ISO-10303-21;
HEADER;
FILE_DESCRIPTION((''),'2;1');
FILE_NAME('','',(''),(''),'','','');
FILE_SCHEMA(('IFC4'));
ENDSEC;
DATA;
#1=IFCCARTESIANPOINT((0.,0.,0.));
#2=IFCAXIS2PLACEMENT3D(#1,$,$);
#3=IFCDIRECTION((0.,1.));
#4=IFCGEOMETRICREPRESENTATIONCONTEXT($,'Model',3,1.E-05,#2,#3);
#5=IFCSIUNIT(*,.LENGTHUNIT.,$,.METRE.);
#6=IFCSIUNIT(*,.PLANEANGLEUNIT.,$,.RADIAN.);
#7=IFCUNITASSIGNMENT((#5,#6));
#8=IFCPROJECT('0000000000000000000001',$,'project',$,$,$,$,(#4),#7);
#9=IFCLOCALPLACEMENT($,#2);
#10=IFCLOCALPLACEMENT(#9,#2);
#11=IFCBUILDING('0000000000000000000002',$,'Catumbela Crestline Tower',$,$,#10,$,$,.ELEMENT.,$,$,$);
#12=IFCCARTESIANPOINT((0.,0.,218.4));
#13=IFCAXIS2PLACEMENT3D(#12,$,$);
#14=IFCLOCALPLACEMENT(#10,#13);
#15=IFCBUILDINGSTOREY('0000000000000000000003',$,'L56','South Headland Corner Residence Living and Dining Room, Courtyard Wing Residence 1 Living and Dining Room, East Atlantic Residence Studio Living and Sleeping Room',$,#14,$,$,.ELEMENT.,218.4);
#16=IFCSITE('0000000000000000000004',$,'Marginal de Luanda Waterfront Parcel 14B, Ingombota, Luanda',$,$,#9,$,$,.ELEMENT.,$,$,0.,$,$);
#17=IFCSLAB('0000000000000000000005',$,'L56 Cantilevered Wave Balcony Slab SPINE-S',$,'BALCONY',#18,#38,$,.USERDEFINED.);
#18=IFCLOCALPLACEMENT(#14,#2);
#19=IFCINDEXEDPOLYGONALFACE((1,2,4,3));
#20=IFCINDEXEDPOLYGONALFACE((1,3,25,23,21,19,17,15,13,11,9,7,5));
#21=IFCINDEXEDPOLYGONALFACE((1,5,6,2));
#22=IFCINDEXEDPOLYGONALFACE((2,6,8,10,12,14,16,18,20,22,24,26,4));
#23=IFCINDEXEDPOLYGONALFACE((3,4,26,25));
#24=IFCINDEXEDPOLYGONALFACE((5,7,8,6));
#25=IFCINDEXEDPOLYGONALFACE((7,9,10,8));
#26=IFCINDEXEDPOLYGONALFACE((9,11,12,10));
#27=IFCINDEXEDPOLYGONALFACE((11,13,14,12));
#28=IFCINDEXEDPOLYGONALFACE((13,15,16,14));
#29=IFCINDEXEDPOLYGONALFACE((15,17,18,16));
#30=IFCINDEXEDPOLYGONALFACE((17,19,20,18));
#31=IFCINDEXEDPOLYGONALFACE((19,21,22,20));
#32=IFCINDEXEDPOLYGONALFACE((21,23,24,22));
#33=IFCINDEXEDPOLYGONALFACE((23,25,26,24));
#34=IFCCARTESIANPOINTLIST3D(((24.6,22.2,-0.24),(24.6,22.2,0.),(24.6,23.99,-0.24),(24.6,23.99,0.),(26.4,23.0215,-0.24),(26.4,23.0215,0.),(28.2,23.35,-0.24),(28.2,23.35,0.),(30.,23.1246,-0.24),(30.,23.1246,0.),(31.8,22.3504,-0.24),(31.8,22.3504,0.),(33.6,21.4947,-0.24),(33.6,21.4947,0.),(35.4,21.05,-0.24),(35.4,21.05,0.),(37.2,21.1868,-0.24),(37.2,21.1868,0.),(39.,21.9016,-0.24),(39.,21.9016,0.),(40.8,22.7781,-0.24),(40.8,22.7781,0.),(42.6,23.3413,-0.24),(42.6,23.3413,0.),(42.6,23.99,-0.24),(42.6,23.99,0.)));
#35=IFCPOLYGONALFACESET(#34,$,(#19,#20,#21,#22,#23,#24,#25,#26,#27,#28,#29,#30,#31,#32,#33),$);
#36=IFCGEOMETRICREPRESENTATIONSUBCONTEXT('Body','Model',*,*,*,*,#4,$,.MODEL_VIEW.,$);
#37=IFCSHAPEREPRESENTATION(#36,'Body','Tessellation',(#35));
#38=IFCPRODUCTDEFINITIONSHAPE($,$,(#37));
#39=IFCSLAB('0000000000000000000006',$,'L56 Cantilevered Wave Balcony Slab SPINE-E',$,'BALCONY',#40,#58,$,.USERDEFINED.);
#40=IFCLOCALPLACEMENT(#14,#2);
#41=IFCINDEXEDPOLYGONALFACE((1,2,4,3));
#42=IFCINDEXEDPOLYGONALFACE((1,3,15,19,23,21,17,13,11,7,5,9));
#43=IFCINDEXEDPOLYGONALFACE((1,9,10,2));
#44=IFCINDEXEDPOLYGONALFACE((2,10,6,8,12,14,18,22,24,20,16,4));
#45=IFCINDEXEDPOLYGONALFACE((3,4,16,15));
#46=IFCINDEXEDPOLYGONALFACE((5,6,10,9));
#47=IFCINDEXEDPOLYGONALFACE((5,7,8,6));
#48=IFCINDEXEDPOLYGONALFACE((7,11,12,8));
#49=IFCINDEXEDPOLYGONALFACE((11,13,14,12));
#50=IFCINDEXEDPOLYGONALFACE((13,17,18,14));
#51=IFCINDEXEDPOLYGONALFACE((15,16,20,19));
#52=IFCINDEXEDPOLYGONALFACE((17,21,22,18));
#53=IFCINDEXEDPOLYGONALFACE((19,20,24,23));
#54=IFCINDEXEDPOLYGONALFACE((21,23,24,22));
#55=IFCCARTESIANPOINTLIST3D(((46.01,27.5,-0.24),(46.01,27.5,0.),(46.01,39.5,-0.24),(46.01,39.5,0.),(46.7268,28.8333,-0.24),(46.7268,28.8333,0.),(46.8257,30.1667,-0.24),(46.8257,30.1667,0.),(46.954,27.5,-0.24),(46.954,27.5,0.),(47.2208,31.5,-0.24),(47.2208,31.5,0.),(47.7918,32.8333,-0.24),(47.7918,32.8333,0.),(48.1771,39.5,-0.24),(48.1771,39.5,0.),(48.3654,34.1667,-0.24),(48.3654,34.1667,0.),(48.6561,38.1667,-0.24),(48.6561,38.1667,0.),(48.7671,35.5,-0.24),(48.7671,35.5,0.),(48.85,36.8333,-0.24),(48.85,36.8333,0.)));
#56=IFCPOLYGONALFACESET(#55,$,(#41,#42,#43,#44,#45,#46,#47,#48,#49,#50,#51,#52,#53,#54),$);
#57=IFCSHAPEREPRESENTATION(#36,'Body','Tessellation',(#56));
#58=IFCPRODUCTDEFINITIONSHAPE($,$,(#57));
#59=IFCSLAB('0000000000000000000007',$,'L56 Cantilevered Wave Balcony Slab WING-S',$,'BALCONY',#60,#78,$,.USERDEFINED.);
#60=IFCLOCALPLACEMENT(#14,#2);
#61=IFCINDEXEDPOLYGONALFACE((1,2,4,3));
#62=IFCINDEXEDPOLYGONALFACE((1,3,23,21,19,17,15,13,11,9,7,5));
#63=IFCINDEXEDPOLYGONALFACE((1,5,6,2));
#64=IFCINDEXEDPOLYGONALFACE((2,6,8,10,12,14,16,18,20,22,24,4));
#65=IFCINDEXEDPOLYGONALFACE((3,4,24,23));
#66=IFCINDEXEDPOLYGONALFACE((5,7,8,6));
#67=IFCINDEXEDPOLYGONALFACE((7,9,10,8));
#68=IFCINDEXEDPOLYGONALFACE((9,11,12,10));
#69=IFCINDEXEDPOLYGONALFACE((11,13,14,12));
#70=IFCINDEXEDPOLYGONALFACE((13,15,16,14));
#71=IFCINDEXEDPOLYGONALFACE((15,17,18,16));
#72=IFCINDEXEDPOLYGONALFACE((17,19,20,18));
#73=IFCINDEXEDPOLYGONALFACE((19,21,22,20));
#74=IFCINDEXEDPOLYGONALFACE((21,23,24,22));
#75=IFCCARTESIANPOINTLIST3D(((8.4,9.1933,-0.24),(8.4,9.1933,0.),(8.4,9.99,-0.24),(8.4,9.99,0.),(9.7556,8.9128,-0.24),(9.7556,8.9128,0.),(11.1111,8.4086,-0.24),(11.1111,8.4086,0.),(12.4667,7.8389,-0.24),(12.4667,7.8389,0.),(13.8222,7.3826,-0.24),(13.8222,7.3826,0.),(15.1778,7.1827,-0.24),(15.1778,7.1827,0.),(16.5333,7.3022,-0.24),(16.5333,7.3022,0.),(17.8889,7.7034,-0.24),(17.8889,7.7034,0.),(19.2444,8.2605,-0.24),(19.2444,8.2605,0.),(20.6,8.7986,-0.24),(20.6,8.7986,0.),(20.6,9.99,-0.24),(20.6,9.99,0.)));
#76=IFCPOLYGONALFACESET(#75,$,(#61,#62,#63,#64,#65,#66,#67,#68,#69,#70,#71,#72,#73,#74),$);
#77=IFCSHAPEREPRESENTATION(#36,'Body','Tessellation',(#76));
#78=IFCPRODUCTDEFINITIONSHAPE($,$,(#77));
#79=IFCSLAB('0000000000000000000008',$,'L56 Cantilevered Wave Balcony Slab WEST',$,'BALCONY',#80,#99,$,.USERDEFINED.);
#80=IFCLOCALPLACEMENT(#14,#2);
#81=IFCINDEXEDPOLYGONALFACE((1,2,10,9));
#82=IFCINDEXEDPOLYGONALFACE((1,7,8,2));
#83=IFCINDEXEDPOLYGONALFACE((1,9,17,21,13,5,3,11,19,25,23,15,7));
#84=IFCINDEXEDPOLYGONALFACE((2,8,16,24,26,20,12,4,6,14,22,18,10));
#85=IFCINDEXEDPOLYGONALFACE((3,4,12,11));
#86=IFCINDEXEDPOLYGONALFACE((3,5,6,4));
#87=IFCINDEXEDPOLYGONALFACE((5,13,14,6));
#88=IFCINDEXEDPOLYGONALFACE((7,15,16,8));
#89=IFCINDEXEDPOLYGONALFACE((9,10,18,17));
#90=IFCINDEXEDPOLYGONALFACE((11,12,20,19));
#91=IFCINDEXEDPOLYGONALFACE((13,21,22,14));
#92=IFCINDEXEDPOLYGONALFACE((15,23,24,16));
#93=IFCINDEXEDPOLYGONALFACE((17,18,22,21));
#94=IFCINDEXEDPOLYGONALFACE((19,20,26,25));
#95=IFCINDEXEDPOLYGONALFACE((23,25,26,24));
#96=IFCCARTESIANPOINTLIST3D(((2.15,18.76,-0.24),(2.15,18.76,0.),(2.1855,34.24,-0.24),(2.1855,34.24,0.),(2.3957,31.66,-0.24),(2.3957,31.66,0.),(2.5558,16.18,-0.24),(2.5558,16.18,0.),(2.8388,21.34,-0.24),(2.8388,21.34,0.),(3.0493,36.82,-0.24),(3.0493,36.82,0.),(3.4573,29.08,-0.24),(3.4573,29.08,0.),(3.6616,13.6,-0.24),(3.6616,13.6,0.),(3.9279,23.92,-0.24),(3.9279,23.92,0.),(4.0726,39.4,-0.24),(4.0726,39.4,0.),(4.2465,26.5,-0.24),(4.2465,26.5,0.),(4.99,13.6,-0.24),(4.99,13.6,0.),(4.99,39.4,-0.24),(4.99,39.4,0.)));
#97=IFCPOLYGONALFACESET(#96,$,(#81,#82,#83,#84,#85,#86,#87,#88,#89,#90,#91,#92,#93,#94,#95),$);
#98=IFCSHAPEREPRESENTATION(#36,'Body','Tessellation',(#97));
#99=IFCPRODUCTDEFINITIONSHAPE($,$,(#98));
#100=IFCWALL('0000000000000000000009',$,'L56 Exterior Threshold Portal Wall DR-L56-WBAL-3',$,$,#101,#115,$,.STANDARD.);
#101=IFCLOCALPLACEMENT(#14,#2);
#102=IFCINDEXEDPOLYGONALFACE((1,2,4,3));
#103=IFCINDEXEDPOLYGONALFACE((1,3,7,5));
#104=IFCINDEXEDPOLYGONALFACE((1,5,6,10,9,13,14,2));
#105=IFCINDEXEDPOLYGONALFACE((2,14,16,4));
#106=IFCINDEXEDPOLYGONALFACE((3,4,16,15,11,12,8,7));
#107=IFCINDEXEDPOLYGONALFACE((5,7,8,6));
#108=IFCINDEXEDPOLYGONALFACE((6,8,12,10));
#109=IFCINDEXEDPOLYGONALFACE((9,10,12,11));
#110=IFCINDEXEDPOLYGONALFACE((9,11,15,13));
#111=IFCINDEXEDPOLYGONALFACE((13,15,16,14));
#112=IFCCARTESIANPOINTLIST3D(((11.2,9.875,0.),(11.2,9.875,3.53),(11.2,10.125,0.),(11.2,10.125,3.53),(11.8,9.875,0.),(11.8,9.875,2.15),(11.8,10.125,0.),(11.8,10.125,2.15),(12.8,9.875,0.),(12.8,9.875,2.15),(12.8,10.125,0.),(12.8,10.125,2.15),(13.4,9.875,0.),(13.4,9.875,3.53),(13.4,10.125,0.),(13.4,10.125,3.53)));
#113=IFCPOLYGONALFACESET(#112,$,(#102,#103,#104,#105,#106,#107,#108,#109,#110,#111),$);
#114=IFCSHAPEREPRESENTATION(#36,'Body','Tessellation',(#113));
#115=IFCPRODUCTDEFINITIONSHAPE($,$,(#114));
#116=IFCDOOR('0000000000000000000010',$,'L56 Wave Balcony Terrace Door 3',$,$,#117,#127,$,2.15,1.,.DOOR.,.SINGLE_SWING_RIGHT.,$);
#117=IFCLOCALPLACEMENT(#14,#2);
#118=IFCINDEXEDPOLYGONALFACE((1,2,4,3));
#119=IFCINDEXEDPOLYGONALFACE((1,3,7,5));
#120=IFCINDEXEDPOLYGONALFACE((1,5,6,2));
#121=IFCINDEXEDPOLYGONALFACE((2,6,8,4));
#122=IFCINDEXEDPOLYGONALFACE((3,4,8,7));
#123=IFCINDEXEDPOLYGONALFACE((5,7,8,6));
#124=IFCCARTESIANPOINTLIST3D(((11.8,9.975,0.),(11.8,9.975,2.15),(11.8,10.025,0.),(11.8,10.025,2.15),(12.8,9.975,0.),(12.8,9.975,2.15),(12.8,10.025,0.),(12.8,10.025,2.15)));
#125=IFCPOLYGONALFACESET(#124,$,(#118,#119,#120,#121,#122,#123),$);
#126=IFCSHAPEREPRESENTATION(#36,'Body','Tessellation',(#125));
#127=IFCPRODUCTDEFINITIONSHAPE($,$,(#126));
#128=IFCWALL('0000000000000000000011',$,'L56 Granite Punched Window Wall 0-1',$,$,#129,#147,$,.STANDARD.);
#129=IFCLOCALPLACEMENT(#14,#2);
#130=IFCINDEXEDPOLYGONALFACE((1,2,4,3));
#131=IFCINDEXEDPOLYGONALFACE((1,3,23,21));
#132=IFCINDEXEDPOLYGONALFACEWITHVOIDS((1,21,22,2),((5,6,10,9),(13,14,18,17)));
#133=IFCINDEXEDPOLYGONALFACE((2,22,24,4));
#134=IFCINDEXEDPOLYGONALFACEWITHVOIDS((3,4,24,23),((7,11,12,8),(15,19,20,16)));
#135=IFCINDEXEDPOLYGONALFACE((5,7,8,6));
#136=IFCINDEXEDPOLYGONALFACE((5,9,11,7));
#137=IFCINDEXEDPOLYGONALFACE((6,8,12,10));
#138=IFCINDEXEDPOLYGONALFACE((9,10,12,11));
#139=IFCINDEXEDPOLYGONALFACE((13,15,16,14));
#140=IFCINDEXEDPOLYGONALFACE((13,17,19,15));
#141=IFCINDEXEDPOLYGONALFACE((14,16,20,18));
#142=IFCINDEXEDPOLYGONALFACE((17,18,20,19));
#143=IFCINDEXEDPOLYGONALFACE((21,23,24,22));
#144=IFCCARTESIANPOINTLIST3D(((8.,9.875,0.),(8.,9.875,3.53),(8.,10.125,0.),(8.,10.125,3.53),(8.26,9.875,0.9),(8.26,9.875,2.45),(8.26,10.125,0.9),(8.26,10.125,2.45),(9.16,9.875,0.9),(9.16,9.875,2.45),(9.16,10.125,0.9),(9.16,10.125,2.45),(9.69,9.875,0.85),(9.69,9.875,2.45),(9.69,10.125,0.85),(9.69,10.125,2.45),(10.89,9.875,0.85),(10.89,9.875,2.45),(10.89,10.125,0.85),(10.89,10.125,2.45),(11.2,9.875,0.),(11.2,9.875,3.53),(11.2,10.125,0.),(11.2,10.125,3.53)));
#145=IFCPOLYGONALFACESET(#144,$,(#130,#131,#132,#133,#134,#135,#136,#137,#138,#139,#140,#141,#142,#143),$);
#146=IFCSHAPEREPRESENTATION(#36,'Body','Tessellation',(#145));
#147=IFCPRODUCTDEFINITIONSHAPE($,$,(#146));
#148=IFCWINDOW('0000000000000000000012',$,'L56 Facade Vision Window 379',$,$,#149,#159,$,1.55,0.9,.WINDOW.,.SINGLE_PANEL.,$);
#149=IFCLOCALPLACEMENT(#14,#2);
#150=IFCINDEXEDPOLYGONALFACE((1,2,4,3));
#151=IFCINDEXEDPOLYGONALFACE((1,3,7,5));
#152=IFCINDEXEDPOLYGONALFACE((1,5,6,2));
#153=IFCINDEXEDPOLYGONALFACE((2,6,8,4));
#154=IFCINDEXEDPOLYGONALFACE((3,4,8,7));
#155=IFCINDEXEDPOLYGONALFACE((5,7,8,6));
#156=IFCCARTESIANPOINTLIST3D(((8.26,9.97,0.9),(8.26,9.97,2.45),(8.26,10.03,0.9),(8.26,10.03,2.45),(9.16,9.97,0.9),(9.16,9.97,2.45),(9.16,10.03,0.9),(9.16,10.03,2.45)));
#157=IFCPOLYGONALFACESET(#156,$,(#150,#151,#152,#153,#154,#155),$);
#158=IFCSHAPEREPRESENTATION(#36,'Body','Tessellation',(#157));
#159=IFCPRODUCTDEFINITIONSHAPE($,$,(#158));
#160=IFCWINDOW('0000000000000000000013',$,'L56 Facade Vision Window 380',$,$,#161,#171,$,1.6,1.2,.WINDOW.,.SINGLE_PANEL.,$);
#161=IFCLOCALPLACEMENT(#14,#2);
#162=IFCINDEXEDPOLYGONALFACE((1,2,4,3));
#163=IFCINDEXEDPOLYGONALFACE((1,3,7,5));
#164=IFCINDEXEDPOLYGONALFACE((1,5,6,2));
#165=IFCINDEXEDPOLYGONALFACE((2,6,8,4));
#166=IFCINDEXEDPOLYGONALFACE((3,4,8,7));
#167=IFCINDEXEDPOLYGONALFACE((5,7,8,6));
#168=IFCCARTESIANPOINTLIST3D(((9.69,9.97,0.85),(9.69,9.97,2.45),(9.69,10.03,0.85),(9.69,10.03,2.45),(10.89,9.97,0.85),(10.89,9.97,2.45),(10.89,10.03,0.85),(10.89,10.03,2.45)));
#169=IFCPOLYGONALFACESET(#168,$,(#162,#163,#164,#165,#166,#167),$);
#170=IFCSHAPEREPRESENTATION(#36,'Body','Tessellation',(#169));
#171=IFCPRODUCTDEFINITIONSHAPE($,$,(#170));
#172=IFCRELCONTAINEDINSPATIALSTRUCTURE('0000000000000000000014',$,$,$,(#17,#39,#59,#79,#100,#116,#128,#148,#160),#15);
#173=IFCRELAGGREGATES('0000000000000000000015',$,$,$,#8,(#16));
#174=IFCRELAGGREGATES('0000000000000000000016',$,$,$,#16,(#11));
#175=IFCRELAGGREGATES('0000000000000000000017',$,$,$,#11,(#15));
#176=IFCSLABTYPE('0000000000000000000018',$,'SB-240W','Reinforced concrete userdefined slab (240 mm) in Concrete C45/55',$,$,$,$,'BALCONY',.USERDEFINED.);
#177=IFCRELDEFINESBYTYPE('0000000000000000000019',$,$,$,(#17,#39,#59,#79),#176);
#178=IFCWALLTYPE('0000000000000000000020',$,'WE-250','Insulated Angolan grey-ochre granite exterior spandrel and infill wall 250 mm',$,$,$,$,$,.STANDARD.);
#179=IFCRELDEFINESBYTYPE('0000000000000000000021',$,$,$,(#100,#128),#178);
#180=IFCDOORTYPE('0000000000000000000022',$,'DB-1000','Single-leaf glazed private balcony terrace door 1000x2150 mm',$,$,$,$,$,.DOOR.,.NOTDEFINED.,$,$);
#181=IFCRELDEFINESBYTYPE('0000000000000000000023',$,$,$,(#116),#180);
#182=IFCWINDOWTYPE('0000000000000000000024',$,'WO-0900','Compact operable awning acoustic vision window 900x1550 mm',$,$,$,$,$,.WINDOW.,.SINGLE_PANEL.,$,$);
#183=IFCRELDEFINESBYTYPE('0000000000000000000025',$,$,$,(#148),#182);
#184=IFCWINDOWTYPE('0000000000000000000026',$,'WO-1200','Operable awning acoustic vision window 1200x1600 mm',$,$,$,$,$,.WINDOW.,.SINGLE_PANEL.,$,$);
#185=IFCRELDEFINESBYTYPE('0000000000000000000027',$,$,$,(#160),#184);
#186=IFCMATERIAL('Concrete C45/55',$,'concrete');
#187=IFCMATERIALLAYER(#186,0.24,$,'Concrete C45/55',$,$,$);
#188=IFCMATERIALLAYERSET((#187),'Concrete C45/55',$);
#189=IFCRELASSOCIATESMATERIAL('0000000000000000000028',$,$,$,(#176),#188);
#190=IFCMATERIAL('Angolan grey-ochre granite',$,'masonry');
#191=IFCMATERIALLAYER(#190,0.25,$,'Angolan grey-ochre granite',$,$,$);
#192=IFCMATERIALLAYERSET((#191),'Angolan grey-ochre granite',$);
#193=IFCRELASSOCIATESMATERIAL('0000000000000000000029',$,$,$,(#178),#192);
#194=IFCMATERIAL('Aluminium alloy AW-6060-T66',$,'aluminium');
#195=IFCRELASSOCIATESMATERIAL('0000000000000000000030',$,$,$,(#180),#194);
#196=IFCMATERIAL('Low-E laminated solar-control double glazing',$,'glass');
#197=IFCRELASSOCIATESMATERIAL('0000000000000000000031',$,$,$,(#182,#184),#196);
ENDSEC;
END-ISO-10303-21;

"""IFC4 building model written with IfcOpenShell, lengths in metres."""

from ifc_helpers import new_model, si_unit, direction, frame, frame_2d, origin, place, context, subcontext, project, spatial, polyline, rectangle, outline, extrude, material, layer, layer_set, type_object, element, fill, save


model = new_model("IFC4")

# Units and contexts
model_context = context("Model", 3, precision=1e-05, world=origin(), true_north=direction((0.0, 1.0)))
body_context = subcontext(model_context, "Body", "Model", "MODEL_VIEW")
ifc_project = project(units=[si_unit("LENGTHUNIT", "METRE"), si_unit("PLANEANGLEUNIT", "RADIAN")], contexts=[model_context])

# Site, building, storey
site_placement = place(None, origin())
site = spatial("IfcSite", under=ifc_project, at=site_placement, Name="Marginal de Luanda Waterfront Parcel 14B, Ingombota, Luanda", CompositionType="ELEMENT", RefElevation=0.0)
building_placement = place(site_placement, origin())
building = spatial("IfcBuilding", under=site, at=building_placement, Name="Catumbela Crestline Tower", CompositionType="ELEMENT")
storey_placement = place(building_placement, frame((0.0, 0.0, 218.4)))
storey = spatial("IfcBuildingStorey", under=building, at=storey_placement, Name="L56", Description="South Headland Corner Residence Living and Dining Room, Courtyard Wing Residence 1 Living and Dining Room, East Atlantic Residence Studio Living and Sleeping Room", CompositionType="ELEMENT", Elevation=218.4)

# Shared definitions
ifc_material_1 = material(Name="Aluminium alloy AW-6060-T66", Category="aluminium")
ifc_material_2 = material(Name="Low-E laminated solar-control double glazing", Category="glass")

# Shared definitions
ifc_material_3 = material(Name="Concrete C45/55", Category="concrete")

# Slabs
ifc_layer_1 = layer(ifc_material_3, 0.24, Name="Concrete C45/55")
ifc_layer_set_1 = layer_set([ifc_layer_1], Name="Concrete C45/55")
slab_type_1 = type_object("IfcSlabType", Name="SB-240W", Description="Reinforced concrete userdefined slab (240 mm) in Concrete C45/55", ElementType="BALCONY", PredefinedType="USERDEFINED", material=ifc_layer_set_1)
slab_1_placement = place(storey_placement, frame((0.0, 0.0, -0.24)))
element("IfcSlab", 1, at=slab_1_placement, inside=storey, type_object=slab_type_1, Name="L56 Cantilevered Wave Balcony Slab SPINE-S", ObjectType="BALCONY", PredefinedType="USERDEFINED", context=body_context, shape_type="SweptSolid", body=[
    extrude(outline(polyline([(24.6, 22.2), (26.4, 23.0215), (28.2, 23.35), (30.0, 23.1246), (31.8, 22.3504), (33.6, 21.4947), (35.4, 21.05), (37.2, 21.1868), (39.0, 21.9016), (40.8, 22.7781), (42.6, 23.3413), (42.6, 23.99), (24.6, 23.99), (24.6, 22.2)])), origin(), (0.0, 0.0, 1.0), 0.24),
])
slab_2_placement = place(storey_placement, frame((0.0, 0.0, -0.24)))
element("IfcSlab", 2, at=slab_2_placement, inside=storey, type_object=slab_type_1, Name="L56 Cantilevered Wave Balcony Slab SPINE-E", ObjectType="BALCONY", PredefinedType="USERDEFINED", context=body_context, shape_type="SweptSolid", body=[
    extrude(outline(polyline([(46.01, 27.5), (46.954, 27.5), (46.7268, 28.8333), (46.8257, 30.1667), (47.2208, 31.5), (47.7918, 32.8333), (48.3654, 34.1667), (48.7671, 35.5), (48.85, 36.8333), (48.6561, 38.1667), (48.1771, 39.5), (46.01, 39.5), (46.01, 27.5)])), origin(), (0.0, 0.0, 1.0), 0.24),
])
slab_3_placement = place(storey_placement, frame((0.0, 0.0, -0.24)))
element("IfcSlab", 3, at=slab_3_placement, inside=storey, type_object=slab_type_1, Name="L56 Cantilevered Wave Balcony Slab WING-S", ObjectType="BALCONY", PredefinedType="USERDEFINED", context=body_context, shape_type="SweptSolid", body=[
    extrude(outline(polyline([(8.4, 9.1933), (9.7556, 8.9128), (11.1111, 8.4086), (12.4667, 7.8389), (13.8222, 7.3826), (15.1778, 7.1827), (16.5333, 7.3022), (17.8889, 7.7034), (19.2444, 8.2605), (20.6, 8.7986), (20.6, 9.99), (8.4, 9.99), (8.4, 9.1933)])), origin(), (0.0, 0.0, 1.0), 0.24),
])
slab_4_placement = place(storey_placement, frame((0.0, 0.0, -0.24)))
element("IfcSlab", 4, at=slab_4_placement, inside=storey, type_object=slab_type_1, Name="L56 Cantilevered Wave Balcony Slab WEST", ObjectType="BALCONY", PredefinedType="USERDEFINED", context=body_context, shape_type="SweptSolid", body=[
    extrude(outline(polyline([(4.99, 39.4), (4.0726, 39.4), (3.0493, 36.82), (2.1855, 34.24), (2.3957, 31.66), (3.4573, 29.08), (4.2465, 26.5), (3.9279, 23.92), (2.8388, 21.34), (2.15, 18.76), (2.5558, 16.18), (3.6616, 13.6), (4.99, 13.6), (4.99, 39.4)])), origin(), (0.0, 0.0, 1.0), 0.24),
])

# Wall, opening, door
ifc_material_4 = material(Name="Angolan grey-ochre granite", Category="masonry")
ifc_layer_2 = layer(ifc_material_4, 0.25, Name="Angolan grey-ochre granite")
ifc_layer_set_2 = layer_set([ifc_layer_2], Name="Angolan grey-ochre granite")
wall_type = type_object("IfcWallType", Name="WE-250", Description="Insulated Angolan grey-ochre granite exterior spandrel and infill wall 250 mm", PredefinedType="STANDARD", material=ifc_layer_set_2)
wall_1_placement = place(storey_placement, frame((11.2, 10.0, 0.0), z_axis=(0.0, 0.0, 1.0), x_axis=(1.0, 0.0, 0.0)))
wall_1 = element("IfcWall", 5, at=wall_1_placement, inside=storey, type_object=wall_type, Name="L56 Exterior Threshold Portal Wall DR-L56-WBAL-3", PredefinedType="STANDARD", context=body_context, shape_type="SweptSolid", body=[
    extrude(rectangle(XDim=2.2, YDim=0.25, at=frame_2d((1.1, 0.0))), origin(), (0.0, 0.0, 1.0), 3.53),
])
opening_1_placement = place(wall_1_placement, frame((0.6, 0.0, 0.0)))
opening_1 = element("IfcOpeningElement", 6, at=opening_1_placement, cuts=wall_1, PredefinedType="OPENING", context=body_context, shape_type="SweptSolid", body=[
    extrude(rectangle(XDim=1.0, YDim=2.15, at=frame_2d((0.5, 1.075))), frame((0.0, 0.135, 0.0), z_axis=(0.0, -1.0, 0.0), x_axis=(1.0, 0.0, 0.0)), (0.0, 0.0, 1.0), 0.27),
])
door_type = type_object("IfcDoorType", Name="DB-1000", Description="Single-leaf glazed private balcony terrace door 1000x2150 mm", OperationType="NOTDEFINED", PredefinedType="DOOR", material=ifc_material_1)
door_placement = place(opening_1_placement, origin())
door = element("IfcDoor", 7, at=door_placement, inside=storey, type_object=door_type, Name="L56 Wave Balcony Terrace Door 3", OperationType="SINGLE_SWING_RIGHT", OverallHeight=2.15, OverallWidth=1.0, PredefinedType="DOOR", context=body_context, shape_type="SweptSolid", body=[
    extrude(rectangle(XDim=1.0, YDim=2.15, at=frame_2d((0.5, 1.075))), frame((0.0, 0.025, 0.0), z_axis=(0.0, -1.0, 0.0), x_axis=(1.0, 0.0, 0.0)), (0.0, 0.0, 1.0), 0.05),
])
fill(opening_1, door)

# Wall, openings, windows
wall_2_placement = place(storey_placement, frame((8.0, 10.0, 0.0), z_axis=(0.0, 0.0, 1.0), x_axis=(1.0, 0.0, 0.0)))
wall_2 = element("IfcWall", 8, at=wall_2_placement, inside=storey, type_object=wall_type, Name="L56 Granite Punched Window Wall 0-1", PredefinedType="STANDARD", context=body_context, shape_type="SweptSolid", body=[
    extrude(rectangle(XDim=3.2, YDim=0.25, at=frame_2d((1.6, 0.0))), origin(), (0.0, 0.0, 1.0), 3.53),
])
opening_2_placement = place(wall_2_placement, frame((0.26, 0.0, 0.9)))
opening_2 = element("IfcOpeningElement", 9, at=opening_2_placement, cuts=wall_2, PredefinedType="OPENING", context=body_context, shape_type="SweptSolid", body=[
    extrude(rectangle(XDim=0.9, YDim=1.55, at=frame_2d((0.45, 0.775))), frame((0.0, 0.135, 0.0), z_axis=(0.0, -1.0, 0.0), x_axis=(1.0, 0.0, 0.0)), (0.0, 0.0, 1.0), 0.27),
])
opening_3_placement = place(wall_2_placement, frame((1.69, 0.0, 0.85)))
opening_3 = element("IfcOpeningElement", 10, at=opening_3_placement, cuts=wall_2, PredefinedType="OPENING", context=body_context, shape_type="SweptSolid", body=[
    extrude(rectangle(XDim=1.2, YDim=1.6, at=frame_2d((0.6, 0.8))), frame((0.0, 0.135, 0.0), z_axis=(0.0, -1.0, 0.0), x_axis=(1.0, 0.0, 0.0)), (0.0, 0.0, 1.0), 0.27),
])
window_type_1 = type_object("IfcWindowType", Name="WO-0900", Description="Compact operable awning acoustic vision window 900x1550 mm", PartitioningType="SINGLE_PANEL", PredefinedType="WINDOW", material=ifc_material_2)
window_1_placement = place(opening_2_placement, origin())
window_1 = element("IfcWindow", 11, at=window_1_placement, inside=storey, type_object=window_type_1, Name="L56 Facade Vision Window 379", OverallHeight=1.55, OverallWidth=0.9, PartitioningType="SINGLE_PANEL", PredefinedType="WINDOW", context=body_context, shape_type="SweptSolid", body=[
    extrude(rectangle(XDim=0.9, YDim=1.55, at=frame_2d((0.45, 0.775))), frame((0.0, 0.03, 0.0), z_axis=(0.0, -1.0, 0.0), x_axis=(1.0, 0.0, 0.0)), (0.0, 0.0, 1.0), 0.06),
])
fill(opening_2, window_1)
window_type_2 = type_object("IfcWindowType", Name="WO-1200", Description="Operable awning acoustic vision window 1200x1600 mm", PartitioningType="SINGLE_PANEL", PredefinedType="WINDOW", material=ifc_material_2)
window_2_placement = place(opening_3_placement, origin())
window_2 = element("IfcWindow", 12, at=window_2_placement, inside=storey, type_object=window_type_2, Name="L56 Facade Vision Window 380", OverallHeight=1.6, OverallWidth=1.2, PartitioningType="SINGLE_PANEL", PredefinedType="WINDOW", context=body_context, shape_type="SweptSolid", body=[
    extrude(rectangle(XDim=1.2, YDim=1.6, at=frame_2d((0.6, 0.8))), frame((0.0, 0.03, 0.0), z_axis=(0.0, -1.0, 0.0), x_axis=(1.0, 0.0, 0.0)), (0.0, 0.0, 1.0), 0.06),
])
fill(opening_3, window_2)

save(model, "model.ifc")
